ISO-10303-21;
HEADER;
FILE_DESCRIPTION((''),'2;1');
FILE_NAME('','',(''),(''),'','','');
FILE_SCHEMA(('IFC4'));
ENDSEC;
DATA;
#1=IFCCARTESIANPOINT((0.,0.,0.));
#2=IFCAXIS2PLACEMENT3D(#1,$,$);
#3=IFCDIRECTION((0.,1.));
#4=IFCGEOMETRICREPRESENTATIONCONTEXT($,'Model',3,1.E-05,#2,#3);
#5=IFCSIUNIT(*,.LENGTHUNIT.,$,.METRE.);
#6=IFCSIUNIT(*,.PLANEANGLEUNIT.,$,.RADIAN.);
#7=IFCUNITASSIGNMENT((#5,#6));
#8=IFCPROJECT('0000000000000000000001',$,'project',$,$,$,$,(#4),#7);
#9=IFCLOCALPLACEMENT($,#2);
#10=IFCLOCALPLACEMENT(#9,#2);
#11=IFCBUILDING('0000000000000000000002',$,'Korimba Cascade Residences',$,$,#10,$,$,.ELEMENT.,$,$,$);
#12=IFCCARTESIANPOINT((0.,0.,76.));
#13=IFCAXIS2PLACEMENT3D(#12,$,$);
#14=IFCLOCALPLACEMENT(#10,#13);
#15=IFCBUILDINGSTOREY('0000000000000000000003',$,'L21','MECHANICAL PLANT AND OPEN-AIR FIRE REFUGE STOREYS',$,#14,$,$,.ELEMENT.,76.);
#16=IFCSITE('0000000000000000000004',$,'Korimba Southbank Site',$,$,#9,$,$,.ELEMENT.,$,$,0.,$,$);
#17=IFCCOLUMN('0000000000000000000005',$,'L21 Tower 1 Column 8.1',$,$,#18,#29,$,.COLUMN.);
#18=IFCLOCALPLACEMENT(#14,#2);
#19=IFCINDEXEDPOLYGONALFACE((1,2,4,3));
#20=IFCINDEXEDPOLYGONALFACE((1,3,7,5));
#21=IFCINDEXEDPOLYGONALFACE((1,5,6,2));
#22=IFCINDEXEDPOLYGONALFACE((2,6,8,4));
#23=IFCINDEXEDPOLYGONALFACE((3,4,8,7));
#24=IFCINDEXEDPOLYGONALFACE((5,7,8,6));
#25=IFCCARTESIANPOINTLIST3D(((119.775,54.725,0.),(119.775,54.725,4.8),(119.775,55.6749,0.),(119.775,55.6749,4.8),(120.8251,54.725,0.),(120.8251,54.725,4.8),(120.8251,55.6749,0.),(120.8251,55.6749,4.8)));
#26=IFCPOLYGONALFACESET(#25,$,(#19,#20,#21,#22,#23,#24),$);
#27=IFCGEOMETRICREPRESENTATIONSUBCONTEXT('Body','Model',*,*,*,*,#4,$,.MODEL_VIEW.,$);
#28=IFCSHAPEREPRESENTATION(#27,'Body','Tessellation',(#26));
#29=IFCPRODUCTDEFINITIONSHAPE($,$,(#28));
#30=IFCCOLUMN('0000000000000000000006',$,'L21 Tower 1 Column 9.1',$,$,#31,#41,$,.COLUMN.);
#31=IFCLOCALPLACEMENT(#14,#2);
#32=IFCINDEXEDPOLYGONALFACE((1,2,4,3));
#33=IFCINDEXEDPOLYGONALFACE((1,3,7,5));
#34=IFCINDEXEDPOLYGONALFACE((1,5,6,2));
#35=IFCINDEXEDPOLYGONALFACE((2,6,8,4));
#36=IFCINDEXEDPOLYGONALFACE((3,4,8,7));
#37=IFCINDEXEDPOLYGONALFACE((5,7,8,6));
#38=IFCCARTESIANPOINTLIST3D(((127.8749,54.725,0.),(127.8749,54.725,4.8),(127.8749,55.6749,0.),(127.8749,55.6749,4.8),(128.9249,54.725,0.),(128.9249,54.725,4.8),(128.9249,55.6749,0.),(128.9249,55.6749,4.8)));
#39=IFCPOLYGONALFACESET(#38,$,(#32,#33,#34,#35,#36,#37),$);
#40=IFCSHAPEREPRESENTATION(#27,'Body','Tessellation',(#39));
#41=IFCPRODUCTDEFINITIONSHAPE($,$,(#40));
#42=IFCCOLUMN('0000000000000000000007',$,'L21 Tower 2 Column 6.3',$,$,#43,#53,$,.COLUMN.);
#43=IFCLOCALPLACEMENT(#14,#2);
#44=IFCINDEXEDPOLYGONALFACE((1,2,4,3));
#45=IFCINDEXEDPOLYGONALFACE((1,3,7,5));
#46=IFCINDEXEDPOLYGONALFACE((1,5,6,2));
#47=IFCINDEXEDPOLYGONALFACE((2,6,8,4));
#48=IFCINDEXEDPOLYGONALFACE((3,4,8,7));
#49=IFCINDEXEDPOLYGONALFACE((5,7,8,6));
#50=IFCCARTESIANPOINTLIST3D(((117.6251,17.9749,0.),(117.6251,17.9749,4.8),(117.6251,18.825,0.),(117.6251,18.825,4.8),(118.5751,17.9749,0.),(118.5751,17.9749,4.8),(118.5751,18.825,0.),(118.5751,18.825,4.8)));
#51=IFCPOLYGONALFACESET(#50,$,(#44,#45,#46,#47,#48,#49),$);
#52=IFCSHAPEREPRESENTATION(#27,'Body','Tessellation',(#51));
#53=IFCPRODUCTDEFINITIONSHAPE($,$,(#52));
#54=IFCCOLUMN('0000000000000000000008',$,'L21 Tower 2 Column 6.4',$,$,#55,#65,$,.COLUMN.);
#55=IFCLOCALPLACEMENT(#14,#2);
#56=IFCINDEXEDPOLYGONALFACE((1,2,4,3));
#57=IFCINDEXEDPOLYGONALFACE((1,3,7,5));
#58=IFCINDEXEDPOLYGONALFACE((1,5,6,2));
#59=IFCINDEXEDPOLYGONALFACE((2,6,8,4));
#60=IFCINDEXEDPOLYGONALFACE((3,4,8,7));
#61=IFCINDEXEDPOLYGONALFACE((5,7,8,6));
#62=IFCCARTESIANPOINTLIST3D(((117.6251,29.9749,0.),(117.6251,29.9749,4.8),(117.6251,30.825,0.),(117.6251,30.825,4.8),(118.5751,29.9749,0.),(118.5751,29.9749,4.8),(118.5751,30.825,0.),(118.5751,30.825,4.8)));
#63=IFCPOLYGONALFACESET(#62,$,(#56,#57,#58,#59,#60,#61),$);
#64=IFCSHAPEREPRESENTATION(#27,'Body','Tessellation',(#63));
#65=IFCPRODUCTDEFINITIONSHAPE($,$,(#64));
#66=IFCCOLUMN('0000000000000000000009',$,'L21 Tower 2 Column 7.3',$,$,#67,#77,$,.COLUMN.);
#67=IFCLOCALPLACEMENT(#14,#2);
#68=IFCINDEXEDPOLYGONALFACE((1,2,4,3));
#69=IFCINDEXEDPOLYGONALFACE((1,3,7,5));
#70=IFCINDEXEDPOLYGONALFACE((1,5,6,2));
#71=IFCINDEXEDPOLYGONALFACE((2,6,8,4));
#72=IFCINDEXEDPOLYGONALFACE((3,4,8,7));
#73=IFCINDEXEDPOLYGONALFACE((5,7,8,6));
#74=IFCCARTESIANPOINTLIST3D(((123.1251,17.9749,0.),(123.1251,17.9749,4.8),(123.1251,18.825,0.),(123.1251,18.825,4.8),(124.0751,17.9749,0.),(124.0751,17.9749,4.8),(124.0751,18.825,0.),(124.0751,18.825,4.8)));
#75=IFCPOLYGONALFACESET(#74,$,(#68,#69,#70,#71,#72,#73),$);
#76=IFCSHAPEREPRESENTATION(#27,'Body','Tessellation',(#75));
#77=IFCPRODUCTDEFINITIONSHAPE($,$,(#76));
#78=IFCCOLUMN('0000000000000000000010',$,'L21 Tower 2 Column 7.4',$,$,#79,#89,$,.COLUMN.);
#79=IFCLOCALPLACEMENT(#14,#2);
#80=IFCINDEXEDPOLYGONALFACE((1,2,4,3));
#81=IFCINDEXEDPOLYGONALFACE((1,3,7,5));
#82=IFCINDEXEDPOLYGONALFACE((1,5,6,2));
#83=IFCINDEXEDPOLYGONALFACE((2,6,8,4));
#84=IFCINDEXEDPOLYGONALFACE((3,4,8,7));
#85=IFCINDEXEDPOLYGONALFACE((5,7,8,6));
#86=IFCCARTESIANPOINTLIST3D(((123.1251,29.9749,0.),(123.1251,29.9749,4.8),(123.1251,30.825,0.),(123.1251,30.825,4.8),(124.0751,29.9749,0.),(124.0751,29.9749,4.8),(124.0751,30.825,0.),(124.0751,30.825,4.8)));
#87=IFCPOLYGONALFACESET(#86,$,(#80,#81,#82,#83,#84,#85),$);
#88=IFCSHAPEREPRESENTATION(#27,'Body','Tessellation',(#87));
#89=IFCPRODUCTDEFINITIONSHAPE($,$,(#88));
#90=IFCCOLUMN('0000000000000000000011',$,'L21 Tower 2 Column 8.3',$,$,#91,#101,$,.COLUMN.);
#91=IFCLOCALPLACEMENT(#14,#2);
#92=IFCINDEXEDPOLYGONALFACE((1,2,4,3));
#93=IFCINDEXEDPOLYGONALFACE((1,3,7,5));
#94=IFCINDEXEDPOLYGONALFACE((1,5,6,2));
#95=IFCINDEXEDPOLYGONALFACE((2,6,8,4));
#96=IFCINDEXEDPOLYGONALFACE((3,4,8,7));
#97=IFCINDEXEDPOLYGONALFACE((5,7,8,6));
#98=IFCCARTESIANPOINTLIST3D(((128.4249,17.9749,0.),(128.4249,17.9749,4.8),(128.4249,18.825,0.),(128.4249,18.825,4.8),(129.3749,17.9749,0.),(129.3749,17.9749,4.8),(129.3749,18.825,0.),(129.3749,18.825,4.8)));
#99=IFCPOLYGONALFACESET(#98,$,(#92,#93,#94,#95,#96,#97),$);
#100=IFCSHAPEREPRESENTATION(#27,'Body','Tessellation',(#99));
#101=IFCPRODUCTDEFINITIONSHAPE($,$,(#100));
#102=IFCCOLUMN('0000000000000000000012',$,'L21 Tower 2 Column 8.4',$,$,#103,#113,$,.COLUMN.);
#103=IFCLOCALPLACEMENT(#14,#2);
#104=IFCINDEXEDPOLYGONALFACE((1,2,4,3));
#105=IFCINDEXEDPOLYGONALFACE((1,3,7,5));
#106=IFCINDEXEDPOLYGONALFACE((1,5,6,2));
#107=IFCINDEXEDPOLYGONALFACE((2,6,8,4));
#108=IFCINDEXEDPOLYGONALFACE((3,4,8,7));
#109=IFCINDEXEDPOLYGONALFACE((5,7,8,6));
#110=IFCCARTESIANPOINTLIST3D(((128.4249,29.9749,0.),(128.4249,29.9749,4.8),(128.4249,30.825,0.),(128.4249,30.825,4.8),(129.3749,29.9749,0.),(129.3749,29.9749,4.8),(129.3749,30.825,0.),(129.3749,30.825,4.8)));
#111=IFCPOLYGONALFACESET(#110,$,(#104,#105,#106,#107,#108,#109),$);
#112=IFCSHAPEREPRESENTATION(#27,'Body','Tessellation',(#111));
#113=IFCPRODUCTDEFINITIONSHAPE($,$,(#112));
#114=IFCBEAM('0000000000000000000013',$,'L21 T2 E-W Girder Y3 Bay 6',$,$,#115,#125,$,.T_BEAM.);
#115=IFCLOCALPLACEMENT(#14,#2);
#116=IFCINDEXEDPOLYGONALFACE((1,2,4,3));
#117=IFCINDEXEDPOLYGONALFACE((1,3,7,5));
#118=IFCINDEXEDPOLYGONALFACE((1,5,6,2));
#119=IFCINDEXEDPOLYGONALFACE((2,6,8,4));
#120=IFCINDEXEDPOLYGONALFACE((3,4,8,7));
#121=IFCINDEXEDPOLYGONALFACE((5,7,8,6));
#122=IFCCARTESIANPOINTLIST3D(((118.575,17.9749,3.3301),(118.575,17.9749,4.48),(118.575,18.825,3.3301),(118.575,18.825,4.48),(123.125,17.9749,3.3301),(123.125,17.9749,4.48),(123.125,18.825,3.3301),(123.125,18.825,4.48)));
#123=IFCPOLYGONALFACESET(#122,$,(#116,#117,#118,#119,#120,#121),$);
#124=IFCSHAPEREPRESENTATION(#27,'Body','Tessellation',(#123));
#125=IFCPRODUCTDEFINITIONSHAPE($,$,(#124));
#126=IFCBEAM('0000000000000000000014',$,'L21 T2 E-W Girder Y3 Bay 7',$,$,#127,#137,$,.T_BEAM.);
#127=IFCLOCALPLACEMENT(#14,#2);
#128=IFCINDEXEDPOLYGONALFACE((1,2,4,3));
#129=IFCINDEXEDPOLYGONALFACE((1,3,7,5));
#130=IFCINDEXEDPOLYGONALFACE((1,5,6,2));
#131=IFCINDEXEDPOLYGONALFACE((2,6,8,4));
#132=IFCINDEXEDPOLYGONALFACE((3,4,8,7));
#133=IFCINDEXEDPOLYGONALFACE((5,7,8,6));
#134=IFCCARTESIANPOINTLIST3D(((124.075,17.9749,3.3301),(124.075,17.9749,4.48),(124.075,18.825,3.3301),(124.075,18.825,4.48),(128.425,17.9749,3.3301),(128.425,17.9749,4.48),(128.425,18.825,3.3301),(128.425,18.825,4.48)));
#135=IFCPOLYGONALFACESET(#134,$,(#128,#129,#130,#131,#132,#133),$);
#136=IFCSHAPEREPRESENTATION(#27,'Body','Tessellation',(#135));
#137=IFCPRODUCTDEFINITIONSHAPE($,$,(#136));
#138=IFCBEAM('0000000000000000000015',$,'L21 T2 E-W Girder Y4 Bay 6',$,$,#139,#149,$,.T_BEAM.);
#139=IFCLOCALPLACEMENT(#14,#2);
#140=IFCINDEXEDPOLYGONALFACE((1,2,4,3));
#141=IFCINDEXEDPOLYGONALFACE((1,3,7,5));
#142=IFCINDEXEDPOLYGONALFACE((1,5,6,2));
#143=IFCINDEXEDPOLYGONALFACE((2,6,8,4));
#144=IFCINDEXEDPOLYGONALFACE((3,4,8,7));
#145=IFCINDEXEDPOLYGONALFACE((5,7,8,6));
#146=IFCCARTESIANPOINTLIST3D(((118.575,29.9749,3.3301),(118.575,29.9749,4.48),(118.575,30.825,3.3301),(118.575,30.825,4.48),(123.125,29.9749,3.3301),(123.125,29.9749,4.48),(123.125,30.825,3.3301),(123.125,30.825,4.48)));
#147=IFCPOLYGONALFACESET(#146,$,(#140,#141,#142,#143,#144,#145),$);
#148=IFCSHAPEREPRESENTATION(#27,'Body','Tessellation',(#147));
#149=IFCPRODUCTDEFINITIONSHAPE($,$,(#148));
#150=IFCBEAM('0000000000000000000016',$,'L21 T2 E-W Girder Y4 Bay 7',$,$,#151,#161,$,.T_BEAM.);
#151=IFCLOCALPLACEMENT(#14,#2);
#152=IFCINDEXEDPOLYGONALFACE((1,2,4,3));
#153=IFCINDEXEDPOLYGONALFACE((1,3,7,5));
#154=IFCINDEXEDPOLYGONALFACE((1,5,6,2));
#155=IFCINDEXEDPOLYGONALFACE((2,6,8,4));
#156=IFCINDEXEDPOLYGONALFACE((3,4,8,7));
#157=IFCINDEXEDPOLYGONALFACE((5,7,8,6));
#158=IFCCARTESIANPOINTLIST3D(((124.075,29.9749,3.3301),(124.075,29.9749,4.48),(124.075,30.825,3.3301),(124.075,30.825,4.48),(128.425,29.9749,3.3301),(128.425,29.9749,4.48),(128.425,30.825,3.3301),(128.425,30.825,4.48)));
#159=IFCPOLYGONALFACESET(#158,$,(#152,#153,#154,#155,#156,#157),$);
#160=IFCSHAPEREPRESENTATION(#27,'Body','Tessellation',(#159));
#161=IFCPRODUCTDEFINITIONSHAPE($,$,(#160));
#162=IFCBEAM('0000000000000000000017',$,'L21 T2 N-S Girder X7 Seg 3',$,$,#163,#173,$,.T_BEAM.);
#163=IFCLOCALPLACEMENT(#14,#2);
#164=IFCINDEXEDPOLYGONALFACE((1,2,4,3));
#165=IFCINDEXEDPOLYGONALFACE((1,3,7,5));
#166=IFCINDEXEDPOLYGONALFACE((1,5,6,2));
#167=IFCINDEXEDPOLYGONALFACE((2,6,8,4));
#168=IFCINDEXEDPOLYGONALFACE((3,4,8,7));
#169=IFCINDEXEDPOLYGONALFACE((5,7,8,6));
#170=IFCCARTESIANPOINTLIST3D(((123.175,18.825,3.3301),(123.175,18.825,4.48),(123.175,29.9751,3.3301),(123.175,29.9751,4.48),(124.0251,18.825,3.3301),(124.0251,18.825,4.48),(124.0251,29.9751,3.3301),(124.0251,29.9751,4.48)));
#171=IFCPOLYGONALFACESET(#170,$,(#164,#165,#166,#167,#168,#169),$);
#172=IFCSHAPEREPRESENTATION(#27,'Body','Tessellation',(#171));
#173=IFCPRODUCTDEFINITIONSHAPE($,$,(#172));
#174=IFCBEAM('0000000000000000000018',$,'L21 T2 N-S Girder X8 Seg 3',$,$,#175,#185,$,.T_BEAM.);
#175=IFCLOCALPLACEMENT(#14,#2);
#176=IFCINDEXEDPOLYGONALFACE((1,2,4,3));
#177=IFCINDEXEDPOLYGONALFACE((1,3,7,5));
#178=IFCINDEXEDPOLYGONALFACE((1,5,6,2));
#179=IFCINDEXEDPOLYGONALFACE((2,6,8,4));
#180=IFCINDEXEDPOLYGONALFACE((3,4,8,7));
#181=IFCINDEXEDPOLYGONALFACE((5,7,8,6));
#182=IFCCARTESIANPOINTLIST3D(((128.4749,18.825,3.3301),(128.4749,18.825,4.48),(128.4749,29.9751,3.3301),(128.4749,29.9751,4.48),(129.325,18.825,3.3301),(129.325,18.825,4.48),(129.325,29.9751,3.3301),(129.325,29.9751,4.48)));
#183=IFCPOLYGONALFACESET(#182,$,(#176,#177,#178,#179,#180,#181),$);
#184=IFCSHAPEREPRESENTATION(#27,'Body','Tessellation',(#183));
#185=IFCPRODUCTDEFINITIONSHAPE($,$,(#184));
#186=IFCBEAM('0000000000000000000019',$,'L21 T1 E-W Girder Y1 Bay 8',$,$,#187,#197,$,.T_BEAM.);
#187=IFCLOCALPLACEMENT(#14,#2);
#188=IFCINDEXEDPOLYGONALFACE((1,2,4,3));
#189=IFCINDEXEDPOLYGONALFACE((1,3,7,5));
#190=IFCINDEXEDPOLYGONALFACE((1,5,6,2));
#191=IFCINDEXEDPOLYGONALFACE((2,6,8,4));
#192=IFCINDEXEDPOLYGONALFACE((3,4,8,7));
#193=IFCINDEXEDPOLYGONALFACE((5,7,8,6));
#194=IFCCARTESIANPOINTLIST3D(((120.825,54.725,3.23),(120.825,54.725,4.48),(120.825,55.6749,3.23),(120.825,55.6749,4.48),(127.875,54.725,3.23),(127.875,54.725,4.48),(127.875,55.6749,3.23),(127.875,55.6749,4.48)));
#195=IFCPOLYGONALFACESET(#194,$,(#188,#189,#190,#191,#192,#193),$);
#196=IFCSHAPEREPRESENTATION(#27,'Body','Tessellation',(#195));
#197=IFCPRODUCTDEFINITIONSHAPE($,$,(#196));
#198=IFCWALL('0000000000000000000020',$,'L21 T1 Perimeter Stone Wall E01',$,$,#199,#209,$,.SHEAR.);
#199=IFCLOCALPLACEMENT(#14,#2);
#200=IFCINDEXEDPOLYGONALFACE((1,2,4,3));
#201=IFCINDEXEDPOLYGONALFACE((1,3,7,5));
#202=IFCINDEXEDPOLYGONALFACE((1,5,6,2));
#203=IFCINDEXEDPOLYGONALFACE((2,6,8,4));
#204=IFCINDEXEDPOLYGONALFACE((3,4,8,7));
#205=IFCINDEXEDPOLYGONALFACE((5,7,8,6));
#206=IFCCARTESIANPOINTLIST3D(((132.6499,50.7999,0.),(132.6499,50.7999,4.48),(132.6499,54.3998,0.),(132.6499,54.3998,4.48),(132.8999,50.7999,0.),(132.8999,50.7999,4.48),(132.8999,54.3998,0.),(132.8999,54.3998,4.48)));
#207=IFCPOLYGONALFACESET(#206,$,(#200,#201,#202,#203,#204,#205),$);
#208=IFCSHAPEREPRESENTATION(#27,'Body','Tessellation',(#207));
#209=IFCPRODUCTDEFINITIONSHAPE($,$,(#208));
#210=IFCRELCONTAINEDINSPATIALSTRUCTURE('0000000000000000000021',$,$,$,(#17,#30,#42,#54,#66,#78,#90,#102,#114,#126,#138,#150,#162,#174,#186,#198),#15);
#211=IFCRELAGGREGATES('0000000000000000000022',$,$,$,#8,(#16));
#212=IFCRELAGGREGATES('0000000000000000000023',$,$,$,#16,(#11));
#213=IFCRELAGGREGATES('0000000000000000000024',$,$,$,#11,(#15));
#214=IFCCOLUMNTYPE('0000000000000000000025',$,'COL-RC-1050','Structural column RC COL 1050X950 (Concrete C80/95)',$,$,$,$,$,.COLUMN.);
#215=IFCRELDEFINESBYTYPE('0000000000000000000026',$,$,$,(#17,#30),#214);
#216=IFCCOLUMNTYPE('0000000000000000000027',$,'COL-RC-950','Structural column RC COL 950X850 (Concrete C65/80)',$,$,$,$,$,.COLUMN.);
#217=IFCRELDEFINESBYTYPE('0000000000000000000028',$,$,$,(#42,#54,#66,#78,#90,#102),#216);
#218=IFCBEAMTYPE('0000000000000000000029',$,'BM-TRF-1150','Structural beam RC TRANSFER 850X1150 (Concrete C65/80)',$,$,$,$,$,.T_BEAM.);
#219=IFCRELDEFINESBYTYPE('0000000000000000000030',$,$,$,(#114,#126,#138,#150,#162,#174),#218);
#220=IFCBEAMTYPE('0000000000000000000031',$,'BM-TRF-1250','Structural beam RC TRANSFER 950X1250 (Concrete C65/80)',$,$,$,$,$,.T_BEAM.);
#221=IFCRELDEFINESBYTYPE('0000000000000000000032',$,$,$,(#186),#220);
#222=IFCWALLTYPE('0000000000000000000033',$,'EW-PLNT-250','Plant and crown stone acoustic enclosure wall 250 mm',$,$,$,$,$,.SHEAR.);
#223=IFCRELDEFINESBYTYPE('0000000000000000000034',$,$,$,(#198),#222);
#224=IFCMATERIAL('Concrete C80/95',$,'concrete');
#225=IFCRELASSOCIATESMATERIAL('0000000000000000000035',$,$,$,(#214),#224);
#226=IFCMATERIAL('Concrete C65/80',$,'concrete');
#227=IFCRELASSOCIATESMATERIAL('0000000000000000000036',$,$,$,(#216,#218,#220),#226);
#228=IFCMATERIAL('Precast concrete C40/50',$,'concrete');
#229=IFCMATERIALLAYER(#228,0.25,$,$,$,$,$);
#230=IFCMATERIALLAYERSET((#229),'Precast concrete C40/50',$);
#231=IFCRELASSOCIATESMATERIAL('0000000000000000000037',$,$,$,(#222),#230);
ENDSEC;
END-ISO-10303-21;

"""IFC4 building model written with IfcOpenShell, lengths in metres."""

from ifc_helpers import new_model, si_unit, direction, frame, frame_2d, origin, origin_2d, place, context, subcontext, project, spatial, rectangle, extrude, material, layer, layer_set, material_profile, profile_set, type_object, element, save


model = new_model("IFC4")

# Units and contexts
model_context = context("Model", 3, precision=1e-05, world=origin(), true_north=direction((0.0, 1.0)))
body_context = subcontext(model_context, "Body", "Model", "MODEL_VIEW")
ifc_project = project(units=[si_unit("LENGTHUNIT", "METRE"), si_unit("PLANEANGLEUNIT", "RADIAN")], contexts=[model_context])

# Site, building, storey
site_placement = place(None, origin())
site = spatial("IfcSite", under=ifc_project, at=site_placement, Name="Korimba Southbank Site", CompositionType="ELEMENT", RefElevation=0.0)
building_placement = place(site_placement, origin())
building = spatial("IfcBuilding", under=site, at=building_placement, Name="Korimba Cascade Residences", CompositionType="ELEMENT")
storey_placement = place(building_placement, frame((0.0, 0.0, 76.0)))
storey = spatial("IfcBuildingStorey", under=building, at=storey_placement, Name="L21", Description="MECHANICAL PLANT AND OPEN-AIR FIRE REFUGE STOREYS", CompositionType="ELEMENT", Elevation=76.0)

# Columns
ifc_material_1 = material(Name="Concrete C80/95", Category="concrete")
ifc_material_profile_1 = material_profile(ifc_material_1, rectangle(XDim=1.05, YDim=0.95, at=origin_2d()), Name="Concrete C80/95")
ifc_profile_set_1 = profile_set([ifc_material_profile_1], Name="Concrete C80/95")
column_type_1 = type_object("IfcColumnType", Name="COL-RC-1050", Description="Structural column RC COL 1050X950 (Concrete C80/95)", PredefinedType="COLUMN", material=ifc_profile_set_1)
for number, where, z_axis, x_axis, name in (
    (1, (120.3, 55.2, 0.0), (0.0, 0.0, 1.0), (1.0, 0.0, 0.0), "L21 Tower 1 Column 8.1"),
    (2, (128.3999, 55.2, 0.0), (0.0, 0.0, 1.0), (1.0, 0.0, 0.0), "L21 Tower 1 Column 9.1"),
):
    element("IfcColumn", number, at=place(storey_placement, frame(where, z_axis=z_axis, x_axis=x_axis)), inside=storey, type_object=column_type_1, Name=name, PredefinedType="COLUMN", context=body_context, shape_type="SweptSolid", body=[
        extrude(rectangle(XDim=1.05, YDim=0.95, at=origin_2d()), origin(), (0.0, 0.0, 1.0), 4.8),
    ])
ifc_material_2 = material(Name="Concrete C65/80", Category="concrete")
ifc_material_profile_2 = material_profile(ifc_material_2, rectangle(XDim=0.95, YDim=0.8501, at=origin_2d()), Name="Concrete C65/80")
ifc_profile_set_2 = profile_set([ifc_material_profile_2], Name="Concrete C65/80")
column_type_2 = type_object("IfcColumnType", Name="COL-RC-950", Description="Structural column RC COL 950X850 (Concrete C65/80)", PredefinedType="COLUMN", material=ifc_profile_set_2)
for number, where, z_axis, x_axis, name in (
    (3, (118.1001, 18.3999, 0.0), (0.0, 0.0, 1.0), (1.0, 0.0, 0.0), "L21 Tower 2 Column 6.3"),
    (4, (118.1001, 30.3999, 0.0), (0.0, 0.0, 1.0), (1.0, 0.0, 0.0), "L21 Tower 2 Column 6.4"),
    (5, (123.6001, 18.3999, 0.0), (0.0, 0.0, 1.0), (1.0, 0.0, 0.0), "L21 Tower 2 Column 7.3"),
    (6, (123.6001, 30.3999, 0.0), (0.0, 0.0, 1.0), (1.0, 0.0, 0.0), "L21 Tower 2 Column 7.4"),
    (7, (128.8999, 18.3999, 0.0), (0.0, 0.0, 1.0), (1.0, 0.0, 0.0), "L21 Tower 2 Column 8.3"),
    (8, (128.8999, 30.3999, 0.0), (0.0, 0.0, 1.0), (1.0, 0.0, 0.0), "L21 Tower 2 Column 8.4"),
):
    element("IfcColumn", number, at=place(storey_placement, frame(where, z_axis=z_axis, x_axis=x_axis)), inside=storey, type_object=column_type_2, Name=name, PredefinedType="COLUMN", context=body_context, shape_type="SweptSolid", body=[
        extrude(rectangle(XDim=0.95, YDim=0.8501, at=origin_2d()), origin(), (0.0, 0.0, 1.0), 4.8),
    ])

# Beams
ifc_material_profile_3 = material_profile(ifc_material_2, rectangle(XDim=0.8501, YDim=1.1499, at=origin_2d()), Name="Concrete C65/80")
ifc_profile_set_3 = profile_set([ifc_material_profile_3], Name="Concrete C65/80")
beam_type_1 = type_object("IfcBeamType", Name="BM-TRF-1150", Description="Structural beam RC TRANSFER 850X1150 (Concrete C65/80)", PredefinedType="T_BEAM", material=ifc_profile_set_3)
beam_1_placement = place(storey_placement, frame((118.575, 18.3999, 3.905), z_axis=(1.0, 0.0, 0.0), x_axis=(0.0, 1.0, 0.0)))
element("IfcBeam", 9, at=beam_1_placement, inside=storey, type_object=beam_type_1, Name="L21 T2 E-W Girder Y3 Bay 6", PredefinedType="T_BEAM", context=body_context, shape_type="SweptSolid", body=[
    extrude(rectangle(XDim=0.8501, YDim=1.1499, at=origin_2d()), origin(), (0.0, 0.0, 1.0), 4.55),
])
beam_2_placement = place(storey_placement, frame((124.075, 18.3999, 3.905), z_axis=(1.0, 0.0, 0.0), x_axis=(0.0, 1.0, 0.0)))
element("IfcBeam", 10, at=beam_2_placement, inside=storey, type_object=beam_type_1, Name="L21 T2 E-W Girder Y3 Bay 7", PredefinedType="T_BEAM", context=body_context, shape_type="SweptSolid", body=[
    extrude(rectangle(XDim=0.8501, YDim=1.1499, at=origin_2d()), origin(), (0.0, 0.0, 1.0), 4.3501),
])
beam_3_placement = place(storey_placement, frame((118.575, 30.3999, 3.905), z_axis=(1.0, 0.0, 0.0), x_axis=(0.0, 1.0, 0.0)))
element("IfcBeam", 11, at=beam_3_placement, inside=storey, type_object=beam_type_1, Name="L21 T2 E-W Girder Y4 Bay 6", PredefinedType="T_BEAM", context=body_context, shape_type="SweptSolid", body=[
    extrude(rectangle(XDim=0.8501, YDim=1.1499, at=origin_2d()), origin(), (0.0, 0.0, 1.0), 4.55),
])
beam_4_placement = place(storey_placement, frame((124.075, 30.3999, 3.905), z_axis=(1.0, 0.0, 0.0), x_axis=(0.0, 1.0, 0.0)))
element("IfcBeam", 12, at=beam_4_placement, inside=storey, type_object=beam_type_1, Name="L21 T2 E-W Girder Y4 Bay 7", PredefinedType="T_BEAM", context=body_context, shape_type="SweptSolid", body=[
    extrude(rectangle(XDim=0.8501, YDim=1.1499, at=origin_2d()), origin(), (0.0, 0.0, 1.0), 4.3501),
])
for number, where, z_axis, x_axis, name in (
    (13, (123.6001, 18.825, 3.905), (0.0, 1.0, 0.0), (-1.0, 0.0, 0.0), "L21 T2 N-S Girder X7 Seg 3"),
    (14, (128.8999, 18.825, 3.905), (0.0, 1.0, 0.0), (-1.0, 0.0, 0.0), "L21 T2 N-S Girder X8 Seg 3"),
):
    element("IfcBeam", number, at=place(storey_placement, frame(where, z_axis=z_axis, x_axis=x_axis)), inside=storey, type_object=beam_type_1, Name=name, PredefinedType="T_BEAM", context=body_context, shape_type="SweptSolid", body=[
        extrude(rectangle(XDim=0.8501, YDim=1.1499, at=origin_2d()), origin(), (0.0, 0.0, 1.0), 11.1501),
    ])
ifc_material_profile_4 = material_profile(ifc_material_2, rectangle(XDim=0.95, YDim=1.25, at=origin_2d()), Name="Concrete C65/80")
ifc_profile_set_4 = profile_set([ifc_material_profile_4], Name="Concrete C65/80")
beam_type_2 = type_object("IfcBeamType", Name="BM-TRF-1250", Description="Structural beam RC TRANSFER 950X1250 (Concrete C65/80)", PredefinedType="T_BEAM", material=ifc_profile_set_4)
beam_5_placement = place(storey_placement, frame((120.825, 55.2, 3.855), z_axis=(1.0, 0.0, 0.0), x_axis=(0.0, 1.0, 0.0)))
element("IfcBeam", 15, at=beam_5_placement, inside=storey, type_object=beam_type_2, Name="L21 T1 E-W Girder Y1 Bay 8", PredefinedType="T_BEAM", context=body_context, shape_type="SweptSolid", body=[
    extrude(rectangle(XDim=0.95, YDim=1.25, at=origin_2d()), origin(), (0.0, 0.0, 1.0), 7.05),
])

# Wall
ifc_material_3 = material(Name="Precast concrete C40/50", Category="concrete")
ifc_layer_1 = layer(ifc_material_3, 0.25)
ifc_layer_set_1 = layer_set([ifc_layer_1], Name="Precast concrete C40/50")
wall_type_1 = type_object("IfcWallType", Name="EW-PLNT-250", Description="Plant and crown stone acoustic enclosure wall 250 mm", PredefinedType="SHEAR", material=ifc_layer_set_1)
wall_1_placement = place(storey_placement, frame((132.7749, 50.8, 0.0), z_axis=(0.0, 0.0, 1.0), x_axis=(0.0, 1.0, 0.0)))
element("IfcWall", 16, at=wall_1_placement, inside=storey, type_object=wall_type_1, Name="L21 T1 Perimeter Stone Wall E01", PredefinedType="SHEAR", context=body_context, shape_type="SweptSolid", body=[
    extrude(rectangle(XDim=3.5999, YDim=0.25, at=frame_2d((1.7998, 0.0))), origin(), (0.0, 0.0, 1.0), 4.48),
])

save(model, "model.ifc")
